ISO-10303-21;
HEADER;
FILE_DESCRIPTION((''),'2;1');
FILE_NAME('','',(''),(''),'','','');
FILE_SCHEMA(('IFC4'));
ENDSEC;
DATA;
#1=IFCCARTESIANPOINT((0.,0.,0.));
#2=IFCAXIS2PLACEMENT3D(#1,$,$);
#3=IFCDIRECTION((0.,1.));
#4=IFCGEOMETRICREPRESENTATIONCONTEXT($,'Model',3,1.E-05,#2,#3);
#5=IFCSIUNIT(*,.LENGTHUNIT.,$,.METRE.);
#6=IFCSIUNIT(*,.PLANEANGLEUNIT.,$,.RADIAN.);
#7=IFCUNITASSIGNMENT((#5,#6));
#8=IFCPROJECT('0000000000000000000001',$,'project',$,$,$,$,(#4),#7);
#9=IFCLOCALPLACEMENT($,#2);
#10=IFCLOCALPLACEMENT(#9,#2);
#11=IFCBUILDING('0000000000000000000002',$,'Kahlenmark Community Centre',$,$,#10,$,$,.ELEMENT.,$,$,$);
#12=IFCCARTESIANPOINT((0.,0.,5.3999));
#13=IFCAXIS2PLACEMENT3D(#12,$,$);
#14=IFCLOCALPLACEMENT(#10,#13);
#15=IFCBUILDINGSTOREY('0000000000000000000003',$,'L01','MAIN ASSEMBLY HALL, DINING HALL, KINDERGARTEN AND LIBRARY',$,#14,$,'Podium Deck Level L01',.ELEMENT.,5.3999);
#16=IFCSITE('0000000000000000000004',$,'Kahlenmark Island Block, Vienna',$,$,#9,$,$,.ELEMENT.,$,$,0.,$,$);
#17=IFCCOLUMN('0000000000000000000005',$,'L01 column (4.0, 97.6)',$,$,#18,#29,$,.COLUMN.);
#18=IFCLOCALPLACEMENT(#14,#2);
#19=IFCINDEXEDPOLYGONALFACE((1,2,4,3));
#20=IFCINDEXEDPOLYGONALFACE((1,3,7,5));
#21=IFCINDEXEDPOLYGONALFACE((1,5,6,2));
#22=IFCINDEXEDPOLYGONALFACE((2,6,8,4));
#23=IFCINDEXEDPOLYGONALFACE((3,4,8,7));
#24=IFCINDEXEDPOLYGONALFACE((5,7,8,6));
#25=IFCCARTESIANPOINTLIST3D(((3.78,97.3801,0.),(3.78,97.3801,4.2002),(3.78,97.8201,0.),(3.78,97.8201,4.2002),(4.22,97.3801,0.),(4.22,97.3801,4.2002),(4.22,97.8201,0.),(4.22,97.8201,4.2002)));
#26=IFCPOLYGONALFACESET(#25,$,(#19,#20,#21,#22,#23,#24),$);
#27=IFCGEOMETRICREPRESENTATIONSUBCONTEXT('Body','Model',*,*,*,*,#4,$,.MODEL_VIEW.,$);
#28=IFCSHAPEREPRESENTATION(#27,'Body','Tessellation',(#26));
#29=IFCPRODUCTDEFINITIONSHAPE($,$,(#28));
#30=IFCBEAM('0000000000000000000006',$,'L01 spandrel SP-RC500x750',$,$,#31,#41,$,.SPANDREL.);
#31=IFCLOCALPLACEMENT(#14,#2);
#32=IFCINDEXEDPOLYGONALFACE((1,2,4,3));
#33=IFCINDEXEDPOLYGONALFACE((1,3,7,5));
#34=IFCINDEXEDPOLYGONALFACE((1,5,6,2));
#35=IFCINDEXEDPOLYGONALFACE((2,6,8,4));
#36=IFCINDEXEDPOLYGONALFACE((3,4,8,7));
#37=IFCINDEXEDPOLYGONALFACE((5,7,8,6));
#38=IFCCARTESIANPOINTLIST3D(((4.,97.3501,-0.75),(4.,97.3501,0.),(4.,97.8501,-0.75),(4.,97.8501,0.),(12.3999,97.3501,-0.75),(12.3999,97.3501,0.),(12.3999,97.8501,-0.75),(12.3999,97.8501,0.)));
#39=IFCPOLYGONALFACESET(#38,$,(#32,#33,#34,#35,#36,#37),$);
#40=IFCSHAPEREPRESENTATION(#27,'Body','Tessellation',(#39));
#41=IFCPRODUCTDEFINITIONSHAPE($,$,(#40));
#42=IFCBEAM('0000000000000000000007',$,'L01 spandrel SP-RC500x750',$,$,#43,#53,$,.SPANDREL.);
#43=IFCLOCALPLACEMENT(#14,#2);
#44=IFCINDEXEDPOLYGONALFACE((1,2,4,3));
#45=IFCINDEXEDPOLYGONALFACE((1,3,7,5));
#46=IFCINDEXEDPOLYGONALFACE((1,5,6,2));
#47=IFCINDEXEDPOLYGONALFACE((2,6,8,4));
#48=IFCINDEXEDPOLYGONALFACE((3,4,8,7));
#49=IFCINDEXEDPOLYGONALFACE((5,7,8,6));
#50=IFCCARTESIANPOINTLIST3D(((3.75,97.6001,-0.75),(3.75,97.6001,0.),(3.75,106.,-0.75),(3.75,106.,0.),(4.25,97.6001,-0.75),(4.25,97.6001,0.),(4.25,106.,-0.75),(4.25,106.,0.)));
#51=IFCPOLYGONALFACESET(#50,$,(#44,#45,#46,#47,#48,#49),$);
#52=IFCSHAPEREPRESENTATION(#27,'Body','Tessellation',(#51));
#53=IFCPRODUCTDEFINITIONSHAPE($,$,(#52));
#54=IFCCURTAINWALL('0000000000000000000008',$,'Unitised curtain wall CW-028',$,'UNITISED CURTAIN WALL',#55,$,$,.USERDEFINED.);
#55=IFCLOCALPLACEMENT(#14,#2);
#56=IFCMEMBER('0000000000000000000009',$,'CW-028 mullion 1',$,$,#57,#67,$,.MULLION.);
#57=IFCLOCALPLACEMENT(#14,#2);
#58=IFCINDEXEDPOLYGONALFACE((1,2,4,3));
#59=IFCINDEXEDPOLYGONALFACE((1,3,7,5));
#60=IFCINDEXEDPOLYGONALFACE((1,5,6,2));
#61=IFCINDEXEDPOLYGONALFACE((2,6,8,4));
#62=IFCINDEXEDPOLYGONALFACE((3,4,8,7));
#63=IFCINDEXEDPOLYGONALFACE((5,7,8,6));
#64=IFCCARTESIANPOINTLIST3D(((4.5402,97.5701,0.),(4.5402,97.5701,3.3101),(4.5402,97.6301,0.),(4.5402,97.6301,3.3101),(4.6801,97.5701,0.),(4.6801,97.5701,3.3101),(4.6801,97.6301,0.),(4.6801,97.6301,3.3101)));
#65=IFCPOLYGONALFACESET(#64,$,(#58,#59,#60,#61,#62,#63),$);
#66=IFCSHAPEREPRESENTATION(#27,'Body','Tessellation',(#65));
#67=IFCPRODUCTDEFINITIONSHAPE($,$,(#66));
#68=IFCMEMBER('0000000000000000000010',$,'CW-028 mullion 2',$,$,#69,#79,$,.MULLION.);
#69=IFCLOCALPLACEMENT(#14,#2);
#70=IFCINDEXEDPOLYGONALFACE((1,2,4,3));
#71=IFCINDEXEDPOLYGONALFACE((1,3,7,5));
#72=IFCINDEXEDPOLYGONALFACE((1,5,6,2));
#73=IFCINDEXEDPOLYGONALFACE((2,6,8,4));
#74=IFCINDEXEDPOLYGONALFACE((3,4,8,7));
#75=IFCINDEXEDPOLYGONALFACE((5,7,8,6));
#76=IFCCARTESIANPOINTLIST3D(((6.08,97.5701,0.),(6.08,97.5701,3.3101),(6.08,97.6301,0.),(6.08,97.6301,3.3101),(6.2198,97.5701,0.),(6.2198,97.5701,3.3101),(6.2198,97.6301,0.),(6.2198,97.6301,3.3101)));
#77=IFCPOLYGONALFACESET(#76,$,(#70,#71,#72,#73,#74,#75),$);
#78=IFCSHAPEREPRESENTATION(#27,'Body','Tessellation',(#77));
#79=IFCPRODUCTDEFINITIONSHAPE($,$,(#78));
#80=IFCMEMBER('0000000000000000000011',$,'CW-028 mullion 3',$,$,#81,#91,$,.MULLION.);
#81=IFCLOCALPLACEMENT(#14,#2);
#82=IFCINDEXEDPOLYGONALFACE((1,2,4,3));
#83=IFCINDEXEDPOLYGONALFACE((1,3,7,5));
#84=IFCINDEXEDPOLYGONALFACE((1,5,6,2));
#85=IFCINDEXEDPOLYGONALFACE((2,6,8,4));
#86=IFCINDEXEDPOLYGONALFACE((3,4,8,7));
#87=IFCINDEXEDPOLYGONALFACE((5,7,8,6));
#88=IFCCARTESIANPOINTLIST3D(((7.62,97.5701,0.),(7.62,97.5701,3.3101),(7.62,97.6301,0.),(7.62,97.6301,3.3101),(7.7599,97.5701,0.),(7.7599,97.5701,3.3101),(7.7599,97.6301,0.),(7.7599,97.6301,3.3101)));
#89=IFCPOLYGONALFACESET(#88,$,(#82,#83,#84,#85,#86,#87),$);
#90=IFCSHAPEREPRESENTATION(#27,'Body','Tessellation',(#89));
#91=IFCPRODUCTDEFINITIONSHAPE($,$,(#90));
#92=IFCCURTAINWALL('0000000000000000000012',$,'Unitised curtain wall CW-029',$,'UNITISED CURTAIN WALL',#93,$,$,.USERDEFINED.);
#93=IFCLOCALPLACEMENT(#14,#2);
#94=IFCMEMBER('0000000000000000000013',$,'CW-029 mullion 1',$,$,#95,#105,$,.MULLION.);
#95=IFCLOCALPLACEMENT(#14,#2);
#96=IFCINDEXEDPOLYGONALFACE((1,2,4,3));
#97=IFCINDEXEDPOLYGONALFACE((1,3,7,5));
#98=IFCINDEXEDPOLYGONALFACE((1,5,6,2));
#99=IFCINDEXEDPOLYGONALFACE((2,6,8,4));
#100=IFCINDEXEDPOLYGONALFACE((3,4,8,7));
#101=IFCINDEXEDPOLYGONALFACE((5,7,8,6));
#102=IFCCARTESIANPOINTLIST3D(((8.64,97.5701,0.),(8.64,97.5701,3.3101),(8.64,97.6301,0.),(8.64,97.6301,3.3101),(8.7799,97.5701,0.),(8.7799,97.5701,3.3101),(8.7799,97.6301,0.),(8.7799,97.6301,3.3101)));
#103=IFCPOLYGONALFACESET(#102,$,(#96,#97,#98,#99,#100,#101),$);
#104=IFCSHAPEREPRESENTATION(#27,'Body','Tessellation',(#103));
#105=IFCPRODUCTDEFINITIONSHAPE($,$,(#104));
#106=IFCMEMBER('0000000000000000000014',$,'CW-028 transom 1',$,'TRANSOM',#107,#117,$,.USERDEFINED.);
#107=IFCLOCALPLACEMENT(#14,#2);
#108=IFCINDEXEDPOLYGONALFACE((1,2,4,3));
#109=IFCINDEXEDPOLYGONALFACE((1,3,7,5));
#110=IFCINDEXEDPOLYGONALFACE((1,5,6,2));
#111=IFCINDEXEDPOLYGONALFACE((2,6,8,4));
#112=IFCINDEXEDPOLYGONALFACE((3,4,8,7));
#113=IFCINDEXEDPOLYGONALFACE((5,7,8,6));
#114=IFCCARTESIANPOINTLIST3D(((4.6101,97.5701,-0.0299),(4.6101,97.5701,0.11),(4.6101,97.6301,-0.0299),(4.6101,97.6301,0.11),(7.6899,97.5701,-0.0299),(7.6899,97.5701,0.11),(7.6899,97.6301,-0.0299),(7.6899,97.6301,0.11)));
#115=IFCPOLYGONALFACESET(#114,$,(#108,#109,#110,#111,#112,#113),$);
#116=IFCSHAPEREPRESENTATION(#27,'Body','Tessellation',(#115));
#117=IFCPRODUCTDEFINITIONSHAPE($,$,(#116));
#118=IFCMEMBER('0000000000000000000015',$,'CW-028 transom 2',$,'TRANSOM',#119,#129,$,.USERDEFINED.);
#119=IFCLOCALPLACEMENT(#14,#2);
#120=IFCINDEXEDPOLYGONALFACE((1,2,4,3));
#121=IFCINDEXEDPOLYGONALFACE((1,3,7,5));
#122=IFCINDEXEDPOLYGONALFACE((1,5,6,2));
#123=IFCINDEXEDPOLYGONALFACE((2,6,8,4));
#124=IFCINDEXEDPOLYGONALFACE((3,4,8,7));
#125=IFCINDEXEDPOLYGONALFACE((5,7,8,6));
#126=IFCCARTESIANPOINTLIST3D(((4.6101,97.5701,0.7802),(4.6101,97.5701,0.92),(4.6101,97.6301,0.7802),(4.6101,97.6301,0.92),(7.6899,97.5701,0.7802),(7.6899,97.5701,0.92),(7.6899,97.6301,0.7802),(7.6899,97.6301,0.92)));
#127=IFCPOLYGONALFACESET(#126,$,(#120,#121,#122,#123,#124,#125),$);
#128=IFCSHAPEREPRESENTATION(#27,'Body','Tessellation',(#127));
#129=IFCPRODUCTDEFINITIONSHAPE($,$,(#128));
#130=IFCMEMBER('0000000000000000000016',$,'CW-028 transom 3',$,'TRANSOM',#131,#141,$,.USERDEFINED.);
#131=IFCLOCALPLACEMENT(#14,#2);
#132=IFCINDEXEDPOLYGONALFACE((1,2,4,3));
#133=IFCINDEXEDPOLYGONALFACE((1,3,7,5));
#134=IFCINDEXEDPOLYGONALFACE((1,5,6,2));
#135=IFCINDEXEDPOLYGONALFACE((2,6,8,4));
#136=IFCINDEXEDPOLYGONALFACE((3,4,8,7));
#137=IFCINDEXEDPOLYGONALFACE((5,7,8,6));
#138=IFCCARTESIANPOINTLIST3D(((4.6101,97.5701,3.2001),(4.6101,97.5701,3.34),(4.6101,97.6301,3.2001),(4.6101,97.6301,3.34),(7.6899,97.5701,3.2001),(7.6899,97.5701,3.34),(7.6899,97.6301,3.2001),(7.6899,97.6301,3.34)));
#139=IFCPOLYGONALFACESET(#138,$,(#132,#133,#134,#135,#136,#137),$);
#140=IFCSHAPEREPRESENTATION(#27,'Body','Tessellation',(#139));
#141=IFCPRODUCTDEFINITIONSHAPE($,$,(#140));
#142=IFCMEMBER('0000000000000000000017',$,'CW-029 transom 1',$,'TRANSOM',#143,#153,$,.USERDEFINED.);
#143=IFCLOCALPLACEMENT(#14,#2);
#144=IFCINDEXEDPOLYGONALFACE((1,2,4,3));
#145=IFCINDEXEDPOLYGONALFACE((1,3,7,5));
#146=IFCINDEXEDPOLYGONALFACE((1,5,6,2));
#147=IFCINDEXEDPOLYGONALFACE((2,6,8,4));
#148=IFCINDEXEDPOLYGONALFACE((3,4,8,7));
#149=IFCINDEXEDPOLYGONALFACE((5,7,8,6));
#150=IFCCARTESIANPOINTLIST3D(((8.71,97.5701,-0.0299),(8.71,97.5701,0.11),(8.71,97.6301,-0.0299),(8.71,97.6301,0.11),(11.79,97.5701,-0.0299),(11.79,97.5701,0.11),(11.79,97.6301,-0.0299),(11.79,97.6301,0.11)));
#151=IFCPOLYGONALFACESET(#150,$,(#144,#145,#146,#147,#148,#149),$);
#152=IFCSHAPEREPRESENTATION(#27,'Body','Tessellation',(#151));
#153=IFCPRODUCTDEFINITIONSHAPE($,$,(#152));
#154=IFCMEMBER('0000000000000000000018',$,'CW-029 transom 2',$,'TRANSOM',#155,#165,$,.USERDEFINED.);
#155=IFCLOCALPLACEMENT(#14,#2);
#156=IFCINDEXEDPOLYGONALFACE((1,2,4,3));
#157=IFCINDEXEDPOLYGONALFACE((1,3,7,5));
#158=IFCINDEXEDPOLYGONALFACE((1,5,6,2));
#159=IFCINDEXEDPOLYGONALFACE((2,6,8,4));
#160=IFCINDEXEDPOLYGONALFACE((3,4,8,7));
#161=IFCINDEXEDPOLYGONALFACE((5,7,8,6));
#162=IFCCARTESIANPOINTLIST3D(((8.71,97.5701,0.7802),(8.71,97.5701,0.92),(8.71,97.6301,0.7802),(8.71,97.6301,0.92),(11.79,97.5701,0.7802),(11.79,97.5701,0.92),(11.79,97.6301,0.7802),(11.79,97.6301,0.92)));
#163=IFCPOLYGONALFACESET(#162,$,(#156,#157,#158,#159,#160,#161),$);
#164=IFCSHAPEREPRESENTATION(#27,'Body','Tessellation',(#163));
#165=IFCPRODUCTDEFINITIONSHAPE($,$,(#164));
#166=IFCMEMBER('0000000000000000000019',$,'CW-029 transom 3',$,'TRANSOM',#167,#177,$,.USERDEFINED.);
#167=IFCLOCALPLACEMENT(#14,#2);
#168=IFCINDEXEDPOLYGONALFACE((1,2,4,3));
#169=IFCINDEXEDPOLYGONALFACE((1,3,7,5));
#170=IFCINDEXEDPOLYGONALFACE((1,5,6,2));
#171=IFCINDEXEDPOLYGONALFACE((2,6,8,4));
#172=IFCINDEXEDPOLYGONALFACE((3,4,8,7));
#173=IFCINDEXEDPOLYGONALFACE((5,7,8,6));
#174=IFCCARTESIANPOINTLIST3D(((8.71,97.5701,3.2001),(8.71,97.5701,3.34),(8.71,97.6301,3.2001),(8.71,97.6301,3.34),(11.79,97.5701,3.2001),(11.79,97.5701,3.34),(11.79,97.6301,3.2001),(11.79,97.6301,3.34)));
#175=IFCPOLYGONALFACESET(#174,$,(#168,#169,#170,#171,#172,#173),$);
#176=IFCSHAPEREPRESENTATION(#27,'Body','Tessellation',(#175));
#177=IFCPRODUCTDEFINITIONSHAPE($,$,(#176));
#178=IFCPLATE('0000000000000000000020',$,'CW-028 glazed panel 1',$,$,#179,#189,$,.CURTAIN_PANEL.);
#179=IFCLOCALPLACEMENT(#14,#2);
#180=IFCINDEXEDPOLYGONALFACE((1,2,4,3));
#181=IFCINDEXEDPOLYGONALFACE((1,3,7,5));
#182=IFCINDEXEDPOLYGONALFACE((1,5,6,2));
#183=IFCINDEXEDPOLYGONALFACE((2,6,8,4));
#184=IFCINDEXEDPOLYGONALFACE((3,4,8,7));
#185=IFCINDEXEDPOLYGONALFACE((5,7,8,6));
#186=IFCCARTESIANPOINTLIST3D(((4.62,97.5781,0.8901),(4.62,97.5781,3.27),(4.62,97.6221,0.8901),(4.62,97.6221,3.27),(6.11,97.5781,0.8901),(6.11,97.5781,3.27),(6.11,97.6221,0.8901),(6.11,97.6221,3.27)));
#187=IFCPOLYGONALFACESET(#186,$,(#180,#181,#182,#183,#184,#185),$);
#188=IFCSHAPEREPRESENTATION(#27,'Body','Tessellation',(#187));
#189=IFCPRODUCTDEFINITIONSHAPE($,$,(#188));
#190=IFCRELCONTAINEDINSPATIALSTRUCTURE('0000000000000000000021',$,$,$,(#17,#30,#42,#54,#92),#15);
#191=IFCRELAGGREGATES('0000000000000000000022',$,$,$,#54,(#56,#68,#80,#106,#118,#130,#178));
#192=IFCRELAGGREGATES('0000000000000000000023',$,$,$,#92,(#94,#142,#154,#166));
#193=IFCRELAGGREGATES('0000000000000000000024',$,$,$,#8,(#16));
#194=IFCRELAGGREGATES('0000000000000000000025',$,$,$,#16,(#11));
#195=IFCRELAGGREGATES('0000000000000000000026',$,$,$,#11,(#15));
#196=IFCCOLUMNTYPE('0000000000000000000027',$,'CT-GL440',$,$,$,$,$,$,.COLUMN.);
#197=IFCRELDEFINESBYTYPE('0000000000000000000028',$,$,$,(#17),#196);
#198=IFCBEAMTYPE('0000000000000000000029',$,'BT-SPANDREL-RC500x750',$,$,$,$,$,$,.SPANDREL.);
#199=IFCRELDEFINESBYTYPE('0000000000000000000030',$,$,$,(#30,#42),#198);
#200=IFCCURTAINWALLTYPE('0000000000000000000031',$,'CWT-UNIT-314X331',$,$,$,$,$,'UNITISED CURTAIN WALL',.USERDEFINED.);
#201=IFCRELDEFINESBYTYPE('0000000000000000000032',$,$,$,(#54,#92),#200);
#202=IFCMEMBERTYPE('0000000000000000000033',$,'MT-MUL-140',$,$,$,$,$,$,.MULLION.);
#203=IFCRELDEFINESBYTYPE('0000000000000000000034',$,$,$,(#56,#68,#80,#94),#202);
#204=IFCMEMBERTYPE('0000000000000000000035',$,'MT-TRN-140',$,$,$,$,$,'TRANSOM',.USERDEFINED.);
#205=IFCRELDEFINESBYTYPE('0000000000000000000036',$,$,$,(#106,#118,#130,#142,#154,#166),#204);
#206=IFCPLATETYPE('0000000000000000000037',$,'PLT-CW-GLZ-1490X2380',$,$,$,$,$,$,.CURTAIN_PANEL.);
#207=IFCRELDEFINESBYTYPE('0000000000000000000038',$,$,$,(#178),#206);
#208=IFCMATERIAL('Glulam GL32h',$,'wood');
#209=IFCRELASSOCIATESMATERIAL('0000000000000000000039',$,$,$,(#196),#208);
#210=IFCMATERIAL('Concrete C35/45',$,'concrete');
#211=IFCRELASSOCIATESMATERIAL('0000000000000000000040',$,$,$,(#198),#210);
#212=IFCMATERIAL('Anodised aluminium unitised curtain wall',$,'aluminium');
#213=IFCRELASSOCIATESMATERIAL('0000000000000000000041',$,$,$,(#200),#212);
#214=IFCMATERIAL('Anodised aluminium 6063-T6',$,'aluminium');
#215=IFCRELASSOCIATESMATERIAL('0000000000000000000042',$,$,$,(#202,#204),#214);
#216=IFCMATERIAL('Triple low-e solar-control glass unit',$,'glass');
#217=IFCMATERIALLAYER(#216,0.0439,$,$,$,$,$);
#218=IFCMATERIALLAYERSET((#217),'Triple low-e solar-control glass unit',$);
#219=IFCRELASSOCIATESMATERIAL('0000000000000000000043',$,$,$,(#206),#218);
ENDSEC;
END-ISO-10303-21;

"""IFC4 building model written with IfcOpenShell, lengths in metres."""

from ifc_helpers import new_model, si_unit, direction, frame, origin, origin_2d, place, context, subcontext, project, spatial, rectangle, extrude, material, layer, layer_set, material_profile, profile_set, type_object, element, aggregate, save


model = new_model("IFC4")

# Units and contexts
model_context = context("Model", 3, precision=1e-05, world=origin(), true_north=direction((0.0, 1.0)))
body_context = subcontext(model_context, "Body", "Model", "MODEL_VIEW")
ifc_project = project(units=[si_unit("LENGTHUNIT", "METRE"), si_unit("PLANEANGLEUNIT", "RADIAN")], contexts=[model_context])

# Site, building, storey
site_placement = place(None, origin())
site = spatial("IfcSite", under=ifc_project, at=site_placement, Name="Kahlenmark Island Block, Vienna", CompositionType="ELEMENT", RefElevation=0.0)
building_placement = place(site_placement, origin())
building = spatial("IfcBuilding", under=site, at=building_placement, Name="Kahlenmark Community Centre", CompositionType="ELEMENT")
storey_placement = place(building_placement, frame((0.0, 0.0, 5.3999)))
storey = spatial("IfcBuildingStorey", under=building, at=storey_placement, Name="L01", Description="MAIN ASSEMBLY HALL, DINING HALL, KINDERGARTEN AND LIBRARY", LongName="Podium Deck Level L01", CompositionType="ELEMENT", Elevation=5.3999)

# Column
ifc_material_1 = material(Name="Glulam GL32h", Category="wood")
ifc_material_profile_1 = material_profile(ifc_material_1, rectangle(XDim=0.4399, YDim=0.4399, at=origin_2d()), Name="GL32h 440x440")
ifc_profile_set_1 = profile_set([ifc_material_profile_1], Name="Glulam GL32h")
column_type = type_object("IfcColumnType", Name="CT-GL440", PredefinedType="COLUMN", material=ifc_profile_set_1)
column_placement = place(storey_placement, frame((4.0, 97.6001, 0.0), z_axis=(0.0, 0.0, 1.0), x_axis=(1.0, 0.0, 0.0)))
element("IfcColumn", 1, at=column_placement, inside=storey, type_object=column_type, Name="L01 column (4.0, 97.6)", PredefinedType="COLUMN", context=body_context, shape_type="SweptSolid", body=[
    extrude(rectangle(XDim=0.4399, YDim=0.4399, at=origin_2d()), origin(), (0.0, 0.0, 1.0), 4.2002),
])

# Beams
ifc_material_2 = material(Name="Concrete C35/45", Category="concrete")
ifc_material_profile_2 = material_profile(ifc_material_2, rectangle(XDim=0.5, YDim=0.75, at=origin_2d()), Name="RC 500x750")
ifc_profile_set_2 = profile_set([ifc_material_profile_2], Name="Concrete C35/45")
beam_type = type_object("IfcBeamType", Name="BT-SPANDREL-RC500x750", PredefinedType="SPANDREL", material=ifc_profile_set_2)
for number, where, z_axis, x_axis, name in (
    (2, (4.0, 97.6001, -0.375), (1.0, 0.0, 0.0), (0.0, 1.0, 0.0), "L01 spandrel SP-RC500x750"),
    (3, (4.0, 97.6001, -0.375), (0.0, 1.0, 0.0), (-1.0, 0.0, 0.0), "L01 spandrel SP-RC500x750"),
):
    element("IfcBeam", number, at=place(storey_placement, frame(where, z_axis=z_axis, x_axis=x_axis)), inside=storey, type_object=beam_type, Name=name, PredefinedType="SPANDREL", context=body_context, shape_type="SweptSolid", body=[
        extrude(rectangle(XDim=0.5, YDim=0.75, at=origin_2d()), origin(), (0.0, 0.0, 1.0), 8.3999),
    ])

# Curtain wall, members
ifc_material_3 = material(Name="Anodised aluminium unitised curtain wall", Category="aluminium")
curtain_wall_type = type_object("IfcCurtainWallType", Name="CWT-UNIT-314X331", ElementType="UNITISED CURTAIN WALL", PredefinedType="USERDEFINED", material=ifc_material_3)
curtain_wall_1_placement = place(storey_placement, origin())
curtain_wall_1 = element("IfcCurtainWall", 4, at=curtain_wall_1_placement, inside=storey, type_object=curtain_wall_type, Name="Unitised curtain wall CW-028", ObjectType="UNITISED CURTAIN WALL", PredefinedType="USERDEFINED")
ifc_material_4 = material(Name="Anodised aluminium 6063-T6", Category="aluminium")
ifc_material_profile_3 = material_profile(ifc_material_4, rectangle(XDim=0.0601, YDim=0.1399, at=origin_2d()), Name="ALU MULLION 60x140")
ifc_profile_set_3 = profile_set([ifc_material_profile_3], Name="Anodised aluminium 6063-T6")
member_type_1 = type_object("IfcMemberType", Name="MT-MUL-140", PredefinedType="MULLION", material=ifc_profile_set_3)
member_1_placement = place(storey_placement, frame((4.6101, 97.6001, 0.0), z_axis=(0.0, 0.0, 1.0), x_axis=(0.0, 1.0, 0.0)))
member_1 = element("IfcMember", 5, at=member_1_placement, type_object=member_type_1, Name="CW-028 mullion 1", PredefinedType="MULLION", context=body_context, shape_type="SweptSolid", body=[
    extrude(rectangle(XDim=0.0601, YDim=0.1399, at=origin_2d()), origin(), (0.0, 0.0, 1.0), 3.3101),
])
member_2_placement = place(storey_placement, frame((6.1499, 97.6001, 0.0), z_axis=(0.0, 0.0, 1.0), x_axis=(0.0, 1.0, 0.0)))
member_2 = element("IfcMember", 6, at=member_2_placement, type_object=member_type_1, Name="CW-028 mullion 2", PredefinedType="MULLION", context=body_context, shape_type="SweptSolid", body=[
    extrude(rectangle(XDim=0.0601, YDim=0.1399, at=origin_2d()), origin(), (0.0, 0.0, 1.0), 3.3101),
])
member_3_placement = place(storey_placement, frame((7.6899, 97.6001, 0.0), z_axis=(0.0, 0.0, 1.0), x_axis=(0.0, 1.0, 0.0)))
member_3 = element("IfcMember", 7, at=member_3_placement, type_object=member_type_1, Name="CW-028 mullion 3", PredefinedType="MULLION", context=body_context, shape_type="SweptSolid", body=[
    extrude(rectangle(XDim=0.0601, YDim=0.1399, at=origin_2d()), origin(), (0.0, 0.0, 1.0), 3.3101),
])

# Curtain wall, member
curtain_wall_2_placement = place(storey_placement, origin())
curtain_wall_2 = element("IfcCurtainWall", 8, at=curtain_wall_2_placement, inside=storey, type_object=curtain_wall_type, Name="Unitised curtain wall CW-029", ObjectType="UNITISED CURTAIN WALL", PredefinedType="USERDEFINED")
member_4_placement = place(storey_placement, frame((8.71, 97.6001, 0.0), z_axis=(0.0, 0.0, 1.0), x_axis=(0.0, 1.0, 0.0)))
member_4 = element("IfcMember", 9, at=member_4_placement, type_object=member_type_1, Name="CW-029 mullion 1", PredefinedType="MULLION", context=body_context, shape_type="SweptSolid", body=[
    extrude(rectangle(XDim=0.0601, YDim=0.1399, at=origin_2d()), origin(), (0.0, 0.0, 1.0), 3.3101),
])

# Members
ifc_material_profile_4 = material_profile(ifc_material_4, rectangle(XDim=0.0601, YDim=0.1399, at=origin_2d()), Name="ALU TRANSOM 60x140")
ifc_profile_set_4 = profile_set([ifc_material_profile_4], Name="Anodised aluminium 6063-T6")
member_type_2 = type_object("IfcMemberType", Name="MT-TRN-140", ElementType="TRANSOM", PredefinedType="USERDEFINED", material=ifc_profile_set_4)
member_5_placement = place(storey_placement, frame((4.6101, 97.6001, 0.04), z_axis=(1.0, 0.0, 0.0), x_axis=(0.0, 1.0, 0.0)))
member_5 = element("IfcMember", 10, at=member_5_placement, type_object=member_type_2, Name="CW-028 transom 1", ObjectType="TRANSOM", PredefinedType="USERDEFINED", context=body_context, shape_type="SweptSolid", body=[
    extrude(rectangle(XDim=0.0601, YDim=0.1399, at=origin_2d()), origin(), (0.0, 0.0, 1.0), 3.0798),
])
member_6_placement = place(storey_placement, frame((4.6101, 97.6001, 0.8501), z_axis=(1.0, 0.0, 0.0), x_axis=(0.0, 1.0, 0.0)))
member_6 = element("IfcMember", 11, at=member_6_placement, type_object=member_type_2, Name="CW-028 transom 2", ObjectType="TRANSOM", PredefinedType="USERDEFINED", context=body_context, shape_type="SweptSolid", body=[
    extrude(rectangle(XDim=0.0601, YDim=0.1399, at=origin_2d()), origin(), (0.0, 0.0, 1.0), 3.0798),
])
member_7_placement = place(storey_placement, frame((4.6101, 97.6001, 3.27), z_axis=(1.0, 0.0, 0.0), x_axis=(0.0, 1.0, 0.0)))
member_7 = element("IfcMember", 12, at=member_7_placement, type_object=member_type_2, Name="CW-028 transom 3", ObjectType="TRANSOM", PredefinedType="USERDEFINED", context=body_context, shape_type="SweptSolid", body=[
    extrude(rectangle(XDim=0.0601, YDim=0.1399, at=origin_2d()), origin(), (0.0, 0.0, 1.0), 3.0798),
])
member_8_placement = place(storey_placement, frame((8.71, 97.6001, 0.04), z_axis=(1.0, 0.0, 0.0), x_axis=(0.0, 1.0, 0.0)))
member_8 = element("IfcMember", 13, at=member_8_placement, type_object=member_type_2, Name="CW-029 transom 1", ObjectType="TRANSOM", PredefinedType="USERDEFINED", context=body_context, shape_type="SweptSolid", body=[
    extrude(rectangle(XDim=0.0601, YDim=0.1399, at=origin_2d()), origin(), (0.0, 0.0, 1.0), 3.0801),
])
member_9_placement = place(storey_placement, frame((8.71, 97.6001, 0.8501), z_axis=(1.0, 0.0, 0.0), x_axis=(0.0, 1.0, 0.0)))
member_9 = element("IfcMember", 14, at=member_9_placement, type_object=member_type_2, Name="CW-029 transom 2", ObjectType="TRANSOM", PredefinedType="USERDEFINED", context=body_context, shape_type="SweptSolid", body=[
    extrude(rectangle(XDim=0.0601, YDim=0.1399, at=origin_2d()), origin(), (0.0, 0.0, 1.0), 3.0801),
])
member_10_placement = place(storey_placement, frame((8.71, 97.6001, 3.27), z_axis=(1.0, 0.0, 0.0), x_axis=(0.0, 1.0, 0.0)))
member_10 = element("IfcMember", 15, at=member_10_placement, type_object=member_type_2, Name="CW-029 transom 3", ObjectType="TRANSOM", PredefinedType="USERDEFINED", context=body_context, shape_type="SweptSolid", body=[
    extrude(rectangle(XDim=0.0601, YDim=0.1399, at=origin_2d()), origin(), (0.0, 0.0, 1.0), 3.0801),
])

# Plate
ifc_material_5 = material(Name="Triple low-e solar-control glass unit", Category="glass")
ifc_layer_1 = layer(ifc_material_5, 0.0439)
ifc_layer_set_1 = layer_set([ifc_layer_1], Name="Triple low-e solar-control glass unit")
plate_type_1 = type_object("IfcPlateType", Name="PLT-CW-GLZ-1490X2380", PredefinedType="CURTAIN_PANEL", material=ifc_layer_set_1)
plate_1_placement = place(storey_placement, frame((5.365, 97.6001, 0.8901), z_axis=(0.0, 0.0, 1.0), x_axis=(1.0, 0.0, 0.0)))
plate_1 = element("IfcPlate", 16, at=plate_1_placement, type_object=plate_type_1, Name="CW-028 glazed panel 1", PredefinedType="CURTAIN_PANEL", context=body_context, shape_type="SweptSolid", body=[
    extrude(rectangle(XDim=1.49, YDim=0.0439, at=origin_2d()), origin(), (0.0, 0.0, 1.0), 2.3799),
])
aggregate(curtain_wall_1, [member_1, member_2, member_3, member_5, member_6, member_7, plate_1])
aggregate(curtain_wall_2, [member_4, member_8, member_9, member_10])

save(model, "model.ifc")
